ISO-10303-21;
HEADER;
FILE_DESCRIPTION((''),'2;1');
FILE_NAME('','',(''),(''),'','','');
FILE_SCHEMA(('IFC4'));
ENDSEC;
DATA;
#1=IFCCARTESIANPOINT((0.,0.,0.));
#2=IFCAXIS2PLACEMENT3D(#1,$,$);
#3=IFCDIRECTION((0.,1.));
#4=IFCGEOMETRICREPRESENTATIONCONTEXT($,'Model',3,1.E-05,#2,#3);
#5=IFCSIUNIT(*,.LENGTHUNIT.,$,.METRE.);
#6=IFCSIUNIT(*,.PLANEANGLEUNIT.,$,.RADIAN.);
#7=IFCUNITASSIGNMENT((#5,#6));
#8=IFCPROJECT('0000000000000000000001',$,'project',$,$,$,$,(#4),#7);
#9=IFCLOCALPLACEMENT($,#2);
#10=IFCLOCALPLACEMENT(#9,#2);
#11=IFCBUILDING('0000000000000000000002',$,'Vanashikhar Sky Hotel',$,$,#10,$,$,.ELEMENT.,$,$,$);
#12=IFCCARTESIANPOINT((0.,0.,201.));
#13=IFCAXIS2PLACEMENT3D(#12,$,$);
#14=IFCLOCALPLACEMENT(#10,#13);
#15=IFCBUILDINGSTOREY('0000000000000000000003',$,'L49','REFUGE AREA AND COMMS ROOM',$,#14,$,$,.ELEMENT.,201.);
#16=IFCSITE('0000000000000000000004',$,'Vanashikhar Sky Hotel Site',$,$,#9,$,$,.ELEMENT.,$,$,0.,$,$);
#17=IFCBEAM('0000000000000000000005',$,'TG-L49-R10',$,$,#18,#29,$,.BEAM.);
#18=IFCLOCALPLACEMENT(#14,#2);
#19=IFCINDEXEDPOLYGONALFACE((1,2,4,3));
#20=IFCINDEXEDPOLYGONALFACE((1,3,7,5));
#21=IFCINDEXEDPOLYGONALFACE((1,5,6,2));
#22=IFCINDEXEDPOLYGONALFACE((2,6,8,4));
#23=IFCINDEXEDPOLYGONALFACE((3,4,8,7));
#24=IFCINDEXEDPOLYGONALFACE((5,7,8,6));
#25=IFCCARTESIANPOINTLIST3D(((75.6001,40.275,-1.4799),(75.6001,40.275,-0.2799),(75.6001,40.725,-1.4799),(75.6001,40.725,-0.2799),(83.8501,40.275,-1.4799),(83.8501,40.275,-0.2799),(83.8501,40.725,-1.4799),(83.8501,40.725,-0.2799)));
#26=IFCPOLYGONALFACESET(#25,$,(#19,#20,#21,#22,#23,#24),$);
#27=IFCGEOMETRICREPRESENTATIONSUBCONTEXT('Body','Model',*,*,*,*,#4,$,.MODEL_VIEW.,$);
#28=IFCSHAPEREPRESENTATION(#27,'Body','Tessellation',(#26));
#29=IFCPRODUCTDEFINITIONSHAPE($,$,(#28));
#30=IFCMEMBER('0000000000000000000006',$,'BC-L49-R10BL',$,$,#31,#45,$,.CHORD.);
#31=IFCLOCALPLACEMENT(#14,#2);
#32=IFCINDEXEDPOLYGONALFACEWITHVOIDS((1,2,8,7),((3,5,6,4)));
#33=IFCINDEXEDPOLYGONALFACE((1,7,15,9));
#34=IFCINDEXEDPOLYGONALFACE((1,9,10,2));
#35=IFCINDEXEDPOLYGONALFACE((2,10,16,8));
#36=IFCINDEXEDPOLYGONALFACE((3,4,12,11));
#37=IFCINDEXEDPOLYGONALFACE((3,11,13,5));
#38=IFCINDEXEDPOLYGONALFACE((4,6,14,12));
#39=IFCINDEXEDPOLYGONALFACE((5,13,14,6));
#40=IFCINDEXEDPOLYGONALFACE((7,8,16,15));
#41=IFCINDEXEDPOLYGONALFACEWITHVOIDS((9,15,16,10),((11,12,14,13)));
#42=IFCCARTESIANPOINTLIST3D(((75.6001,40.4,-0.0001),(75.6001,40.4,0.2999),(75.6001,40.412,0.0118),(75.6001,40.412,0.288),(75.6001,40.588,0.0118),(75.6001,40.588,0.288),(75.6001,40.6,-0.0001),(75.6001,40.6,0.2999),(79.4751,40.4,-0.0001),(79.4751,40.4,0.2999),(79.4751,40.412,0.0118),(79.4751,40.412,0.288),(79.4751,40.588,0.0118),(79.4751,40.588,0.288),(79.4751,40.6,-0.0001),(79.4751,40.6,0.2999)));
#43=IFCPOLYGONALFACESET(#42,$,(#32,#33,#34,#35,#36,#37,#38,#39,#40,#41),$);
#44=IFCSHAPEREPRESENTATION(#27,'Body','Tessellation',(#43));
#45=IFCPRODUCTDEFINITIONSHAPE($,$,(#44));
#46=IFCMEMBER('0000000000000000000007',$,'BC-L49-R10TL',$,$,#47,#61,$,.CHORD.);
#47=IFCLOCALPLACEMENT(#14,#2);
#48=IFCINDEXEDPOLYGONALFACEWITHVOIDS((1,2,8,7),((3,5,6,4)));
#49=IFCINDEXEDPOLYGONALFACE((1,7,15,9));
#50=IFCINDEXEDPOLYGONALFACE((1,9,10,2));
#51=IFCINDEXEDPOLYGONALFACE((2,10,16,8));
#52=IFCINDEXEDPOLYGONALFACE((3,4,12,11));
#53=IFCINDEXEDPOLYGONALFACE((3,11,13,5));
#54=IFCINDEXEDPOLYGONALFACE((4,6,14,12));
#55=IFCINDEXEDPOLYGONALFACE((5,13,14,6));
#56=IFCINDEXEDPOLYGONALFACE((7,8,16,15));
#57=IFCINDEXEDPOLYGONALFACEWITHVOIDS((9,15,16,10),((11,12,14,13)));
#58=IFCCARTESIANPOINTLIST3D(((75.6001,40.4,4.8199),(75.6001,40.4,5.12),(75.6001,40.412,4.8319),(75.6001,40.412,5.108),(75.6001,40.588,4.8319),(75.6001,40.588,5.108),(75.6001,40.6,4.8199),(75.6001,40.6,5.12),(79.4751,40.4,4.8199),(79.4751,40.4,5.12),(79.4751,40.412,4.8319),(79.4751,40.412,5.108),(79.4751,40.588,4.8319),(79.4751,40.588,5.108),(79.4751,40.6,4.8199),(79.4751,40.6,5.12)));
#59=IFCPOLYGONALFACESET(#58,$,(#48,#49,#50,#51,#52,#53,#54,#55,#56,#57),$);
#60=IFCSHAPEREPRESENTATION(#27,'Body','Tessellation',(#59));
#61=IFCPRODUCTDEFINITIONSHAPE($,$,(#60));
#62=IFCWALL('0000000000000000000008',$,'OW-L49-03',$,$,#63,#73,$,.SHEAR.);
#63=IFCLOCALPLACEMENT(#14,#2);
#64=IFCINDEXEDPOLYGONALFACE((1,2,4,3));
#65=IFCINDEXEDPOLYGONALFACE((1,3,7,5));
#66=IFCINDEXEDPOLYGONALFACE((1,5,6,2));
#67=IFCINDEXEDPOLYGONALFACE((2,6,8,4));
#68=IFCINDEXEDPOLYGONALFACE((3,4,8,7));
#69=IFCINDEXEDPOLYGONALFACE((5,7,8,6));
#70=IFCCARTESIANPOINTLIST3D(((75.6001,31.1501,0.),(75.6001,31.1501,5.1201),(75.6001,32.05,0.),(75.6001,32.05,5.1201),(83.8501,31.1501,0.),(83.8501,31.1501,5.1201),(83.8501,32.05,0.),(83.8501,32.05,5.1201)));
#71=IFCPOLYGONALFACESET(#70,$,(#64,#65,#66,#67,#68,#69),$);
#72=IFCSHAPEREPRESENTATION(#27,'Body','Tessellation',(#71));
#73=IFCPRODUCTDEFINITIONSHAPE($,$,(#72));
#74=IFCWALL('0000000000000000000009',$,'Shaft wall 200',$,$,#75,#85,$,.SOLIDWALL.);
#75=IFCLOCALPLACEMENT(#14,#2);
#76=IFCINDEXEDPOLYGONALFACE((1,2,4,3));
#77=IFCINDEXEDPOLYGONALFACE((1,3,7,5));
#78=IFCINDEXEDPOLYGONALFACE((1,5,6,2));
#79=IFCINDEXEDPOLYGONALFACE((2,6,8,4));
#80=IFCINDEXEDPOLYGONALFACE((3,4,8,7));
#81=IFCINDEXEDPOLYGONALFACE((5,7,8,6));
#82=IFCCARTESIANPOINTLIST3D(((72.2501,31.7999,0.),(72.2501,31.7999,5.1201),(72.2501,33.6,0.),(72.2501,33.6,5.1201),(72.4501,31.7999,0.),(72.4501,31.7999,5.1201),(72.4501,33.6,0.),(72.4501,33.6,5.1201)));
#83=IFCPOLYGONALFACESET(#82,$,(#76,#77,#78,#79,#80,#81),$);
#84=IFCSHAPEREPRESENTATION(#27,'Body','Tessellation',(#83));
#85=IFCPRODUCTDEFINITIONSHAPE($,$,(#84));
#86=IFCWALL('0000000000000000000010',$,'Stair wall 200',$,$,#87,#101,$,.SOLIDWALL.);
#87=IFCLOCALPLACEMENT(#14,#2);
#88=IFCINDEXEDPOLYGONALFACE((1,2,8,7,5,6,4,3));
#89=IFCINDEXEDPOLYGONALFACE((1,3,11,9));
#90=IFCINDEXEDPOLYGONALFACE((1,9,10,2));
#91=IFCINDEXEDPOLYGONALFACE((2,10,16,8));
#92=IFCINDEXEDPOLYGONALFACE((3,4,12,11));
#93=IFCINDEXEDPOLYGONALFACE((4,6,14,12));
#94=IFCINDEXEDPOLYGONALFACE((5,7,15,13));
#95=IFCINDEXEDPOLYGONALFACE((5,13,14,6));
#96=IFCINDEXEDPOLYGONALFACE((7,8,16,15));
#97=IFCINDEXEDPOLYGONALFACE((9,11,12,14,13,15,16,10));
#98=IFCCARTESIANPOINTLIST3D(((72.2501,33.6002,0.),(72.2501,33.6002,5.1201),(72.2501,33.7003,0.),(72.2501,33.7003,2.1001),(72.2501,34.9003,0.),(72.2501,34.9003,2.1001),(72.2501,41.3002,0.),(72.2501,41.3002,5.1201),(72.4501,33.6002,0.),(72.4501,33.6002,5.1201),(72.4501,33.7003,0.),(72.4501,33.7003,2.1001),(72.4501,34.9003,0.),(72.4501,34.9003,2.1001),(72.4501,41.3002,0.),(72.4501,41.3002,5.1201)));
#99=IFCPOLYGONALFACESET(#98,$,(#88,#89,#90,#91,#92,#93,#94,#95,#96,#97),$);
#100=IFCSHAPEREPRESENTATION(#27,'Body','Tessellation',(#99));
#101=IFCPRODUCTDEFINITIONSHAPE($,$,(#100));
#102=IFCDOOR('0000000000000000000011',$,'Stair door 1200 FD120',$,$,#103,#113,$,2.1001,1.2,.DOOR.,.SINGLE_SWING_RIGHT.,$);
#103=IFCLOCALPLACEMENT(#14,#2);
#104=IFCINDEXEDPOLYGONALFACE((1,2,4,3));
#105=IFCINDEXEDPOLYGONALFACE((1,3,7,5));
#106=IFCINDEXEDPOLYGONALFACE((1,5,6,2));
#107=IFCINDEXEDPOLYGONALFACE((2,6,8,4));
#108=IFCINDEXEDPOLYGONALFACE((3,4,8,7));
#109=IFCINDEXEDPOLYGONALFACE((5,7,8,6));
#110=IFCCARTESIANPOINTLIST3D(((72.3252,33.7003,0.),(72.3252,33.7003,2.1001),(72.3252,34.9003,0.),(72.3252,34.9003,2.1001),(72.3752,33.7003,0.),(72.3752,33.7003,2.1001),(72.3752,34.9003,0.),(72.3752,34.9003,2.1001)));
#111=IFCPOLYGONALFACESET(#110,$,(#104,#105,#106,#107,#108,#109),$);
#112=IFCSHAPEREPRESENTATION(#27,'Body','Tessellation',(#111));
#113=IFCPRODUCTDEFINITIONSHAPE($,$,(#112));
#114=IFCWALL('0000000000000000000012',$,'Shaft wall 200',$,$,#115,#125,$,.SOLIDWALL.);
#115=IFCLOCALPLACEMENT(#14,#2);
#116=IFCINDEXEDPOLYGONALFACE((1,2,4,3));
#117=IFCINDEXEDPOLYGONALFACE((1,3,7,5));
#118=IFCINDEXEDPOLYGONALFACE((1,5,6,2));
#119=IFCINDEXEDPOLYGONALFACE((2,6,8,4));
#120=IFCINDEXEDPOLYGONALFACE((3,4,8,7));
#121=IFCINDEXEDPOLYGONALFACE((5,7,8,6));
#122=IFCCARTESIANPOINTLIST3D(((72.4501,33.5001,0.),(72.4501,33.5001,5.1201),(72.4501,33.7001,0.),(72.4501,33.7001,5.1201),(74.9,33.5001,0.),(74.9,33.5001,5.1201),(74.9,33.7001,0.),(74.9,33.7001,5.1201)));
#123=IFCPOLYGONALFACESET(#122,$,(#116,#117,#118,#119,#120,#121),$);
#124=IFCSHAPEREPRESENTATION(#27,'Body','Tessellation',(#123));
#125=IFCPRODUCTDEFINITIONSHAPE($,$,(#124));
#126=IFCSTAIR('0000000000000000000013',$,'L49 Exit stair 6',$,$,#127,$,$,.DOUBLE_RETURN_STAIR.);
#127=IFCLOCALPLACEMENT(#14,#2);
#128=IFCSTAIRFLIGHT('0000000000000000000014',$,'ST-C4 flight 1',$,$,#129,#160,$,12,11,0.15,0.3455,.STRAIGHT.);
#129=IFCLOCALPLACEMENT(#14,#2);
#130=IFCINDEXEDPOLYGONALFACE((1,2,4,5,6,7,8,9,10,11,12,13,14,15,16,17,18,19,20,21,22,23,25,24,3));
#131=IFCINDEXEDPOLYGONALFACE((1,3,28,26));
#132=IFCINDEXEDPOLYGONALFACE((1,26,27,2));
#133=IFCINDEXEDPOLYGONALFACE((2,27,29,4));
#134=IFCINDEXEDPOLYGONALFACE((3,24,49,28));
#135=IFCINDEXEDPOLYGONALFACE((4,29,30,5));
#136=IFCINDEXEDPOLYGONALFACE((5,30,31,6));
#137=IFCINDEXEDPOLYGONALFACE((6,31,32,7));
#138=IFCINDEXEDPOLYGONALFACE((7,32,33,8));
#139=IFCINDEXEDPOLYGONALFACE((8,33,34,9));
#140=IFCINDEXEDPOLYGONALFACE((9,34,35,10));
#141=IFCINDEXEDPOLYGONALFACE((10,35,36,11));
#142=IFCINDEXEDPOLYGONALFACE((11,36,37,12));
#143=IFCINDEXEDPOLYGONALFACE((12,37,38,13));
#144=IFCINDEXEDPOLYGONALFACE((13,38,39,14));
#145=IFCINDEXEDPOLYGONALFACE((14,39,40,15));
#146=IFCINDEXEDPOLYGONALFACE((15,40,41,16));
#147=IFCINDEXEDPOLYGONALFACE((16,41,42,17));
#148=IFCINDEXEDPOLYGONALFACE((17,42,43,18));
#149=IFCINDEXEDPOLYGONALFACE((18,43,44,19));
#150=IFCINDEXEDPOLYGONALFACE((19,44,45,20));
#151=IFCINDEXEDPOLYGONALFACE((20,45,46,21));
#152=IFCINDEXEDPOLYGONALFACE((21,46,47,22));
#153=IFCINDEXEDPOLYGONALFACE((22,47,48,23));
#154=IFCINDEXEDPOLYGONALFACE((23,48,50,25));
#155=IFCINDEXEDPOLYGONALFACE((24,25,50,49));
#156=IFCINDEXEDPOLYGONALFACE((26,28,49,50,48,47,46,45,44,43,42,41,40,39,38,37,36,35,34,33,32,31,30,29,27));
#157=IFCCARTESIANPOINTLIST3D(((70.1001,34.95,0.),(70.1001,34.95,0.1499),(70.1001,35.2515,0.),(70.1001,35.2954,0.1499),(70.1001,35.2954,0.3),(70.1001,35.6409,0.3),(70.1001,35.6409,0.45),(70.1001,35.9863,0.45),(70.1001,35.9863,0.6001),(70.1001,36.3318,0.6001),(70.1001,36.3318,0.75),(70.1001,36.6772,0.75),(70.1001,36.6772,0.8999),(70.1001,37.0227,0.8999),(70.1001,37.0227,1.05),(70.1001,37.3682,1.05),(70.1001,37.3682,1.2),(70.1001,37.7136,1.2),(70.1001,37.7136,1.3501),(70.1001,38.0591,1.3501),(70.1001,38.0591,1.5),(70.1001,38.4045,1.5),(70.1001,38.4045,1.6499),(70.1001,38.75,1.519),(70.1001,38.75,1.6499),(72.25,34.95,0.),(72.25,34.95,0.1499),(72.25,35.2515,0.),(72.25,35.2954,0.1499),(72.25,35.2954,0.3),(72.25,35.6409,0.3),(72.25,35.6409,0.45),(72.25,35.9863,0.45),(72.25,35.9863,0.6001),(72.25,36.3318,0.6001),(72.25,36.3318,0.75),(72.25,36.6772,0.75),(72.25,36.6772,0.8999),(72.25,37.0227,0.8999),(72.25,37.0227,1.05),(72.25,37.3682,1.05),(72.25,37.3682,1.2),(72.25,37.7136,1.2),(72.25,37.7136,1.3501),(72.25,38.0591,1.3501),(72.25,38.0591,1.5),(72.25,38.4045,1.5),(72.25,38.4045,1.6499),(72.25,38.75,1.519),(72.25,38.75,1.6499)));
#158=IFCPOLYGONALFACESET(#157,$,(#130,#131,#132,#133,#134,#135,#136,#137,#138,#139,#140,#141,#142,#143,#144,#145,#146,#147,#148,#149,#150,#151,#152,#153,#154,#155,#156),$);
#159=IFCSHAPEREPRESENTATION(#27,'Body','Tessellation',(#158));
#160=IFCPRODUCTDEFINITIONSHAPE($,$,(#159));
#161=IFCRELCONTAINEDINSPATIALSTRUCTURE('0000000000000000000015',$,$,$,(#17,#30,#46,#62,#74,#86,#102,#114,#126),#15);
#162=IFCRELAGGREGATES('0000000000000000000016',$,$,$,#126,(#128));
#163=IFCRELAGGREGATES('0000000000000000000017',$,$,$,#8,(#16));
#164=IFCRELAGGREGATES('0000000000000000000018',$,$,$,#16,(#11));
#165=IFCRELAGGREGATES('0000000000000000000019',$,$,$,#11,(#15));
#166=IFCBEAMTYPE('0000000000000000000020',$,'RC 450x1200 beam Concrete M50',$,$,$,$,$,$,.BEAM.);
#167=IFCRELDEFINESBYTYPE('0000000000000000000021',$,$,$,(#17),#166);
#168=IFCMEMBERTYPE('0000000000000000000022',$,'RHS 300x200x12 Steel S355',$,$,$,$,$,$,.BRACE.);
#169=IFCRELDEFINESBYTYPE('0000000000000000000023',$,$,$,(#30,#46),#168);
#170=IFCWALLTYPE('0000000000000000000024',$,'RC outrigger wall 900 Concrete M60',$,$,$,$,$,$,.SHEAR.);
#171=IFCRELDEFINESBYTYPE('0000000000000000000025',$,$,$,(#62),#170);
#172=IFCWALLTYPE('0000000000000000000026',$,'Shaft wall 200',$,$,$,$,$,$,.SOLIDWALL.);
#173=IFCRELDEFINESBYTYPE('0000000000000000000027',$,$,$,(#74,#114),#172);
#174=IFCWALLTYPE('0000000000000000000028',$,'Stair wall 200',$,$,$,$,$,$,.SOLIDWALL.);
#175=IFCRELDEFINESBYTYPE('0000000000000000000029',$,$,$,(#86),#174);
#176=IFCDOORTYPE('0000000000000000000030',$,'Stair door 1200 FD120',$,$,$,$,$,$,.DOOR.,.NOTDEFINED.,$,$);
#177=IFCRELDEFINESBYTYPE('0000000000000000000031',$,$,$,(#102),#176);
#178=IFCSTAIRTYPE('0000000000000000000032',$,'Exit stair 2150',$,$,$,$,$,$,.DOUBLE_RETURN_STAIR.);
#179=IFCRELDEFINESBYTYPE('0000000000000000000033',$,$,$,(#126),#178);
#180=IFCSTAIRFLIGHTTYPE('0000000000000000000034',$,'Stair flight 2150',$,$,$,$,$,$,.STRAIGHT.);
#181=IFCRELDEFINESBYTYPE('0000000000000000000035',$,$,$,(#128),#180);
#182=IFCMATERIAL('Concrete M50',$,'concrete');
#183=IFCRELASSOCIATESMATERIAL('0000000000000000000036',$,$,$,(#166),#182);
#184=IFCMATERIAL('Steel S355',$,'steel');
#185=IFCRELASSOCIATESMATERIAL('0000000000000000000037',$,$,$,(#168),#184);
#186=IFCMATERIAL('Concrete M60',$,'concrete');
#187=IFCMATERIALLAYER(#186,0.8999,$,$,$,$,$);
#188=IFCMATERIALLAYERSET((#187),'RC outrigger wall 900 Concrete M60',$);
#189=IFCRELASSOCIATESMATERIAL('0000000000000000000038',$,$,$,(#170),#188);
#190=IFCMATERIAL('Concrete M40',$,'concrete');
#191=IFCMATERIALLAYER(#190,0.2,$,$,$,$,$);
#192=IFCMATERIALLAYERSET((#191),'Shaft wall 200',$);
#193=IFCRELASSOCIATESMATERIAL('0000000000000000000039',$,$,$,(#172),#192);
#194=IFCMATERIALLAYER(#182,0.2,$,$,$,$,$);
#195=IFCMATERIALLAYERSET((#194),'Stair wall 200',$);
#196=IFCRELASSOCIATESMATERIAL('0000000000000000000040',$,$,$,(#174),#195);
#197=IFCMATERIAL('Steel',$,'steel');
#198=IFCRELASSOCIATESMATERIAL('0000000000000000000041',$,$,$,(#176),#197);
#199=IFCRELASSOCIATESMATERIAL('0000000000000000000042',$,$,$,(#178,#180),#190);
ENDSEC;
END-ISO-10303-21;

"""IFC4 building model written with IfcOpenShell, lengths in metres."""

from ifc_helpers import new_model, si_unit, direction, frame, frame_2d, origin, origin_2d, place, context, subcontext, project, spatial, polyline, rectangle, hollow_rectangle, outline, extrude, source, transform, mapped, material, layer, layer_set, material_profile, profile_set, type_object, element, fill, aggregate, save


model = new_model("IFC4")

# Units and contexts
model_context = context("Model", 3, precision=1e-05, world=origin(), true_north=direction((0.0, 1.0)))
body_context = subcontext(model_context, "Body", "Model", "MODEL_VIEW")
ifc_project = project(units=[si_unit("LENGTHUNIT", "METRE"), si_unit("PLANEANGLEUNIT", "RADIAN")], contexts=[model_context])

# Site, building, storey
site_placement = place(None, origin())
site = spatial("IfcSite", under=ifc_project, at=site_placement, Name="Vanashikhar Sky Hotel Site", CompositionType="ELEMENT", RefElevation=0.0)
building_placement = place(site_placement, origin())
building = spatial("IfcBuilding", under=site, at=building_placement, Name="Vanashikhar Sky Hotel", CompositionType="ELEMENT")
storey_placement = place(building_placement, frame((0.0, 0.0, 201.0)))
storey = spatial("IfcBuildingStorey", under=building, at=storey_placement, Name="L49", Description="REFUGE AREA AND COMMS ROOM", CompositionType="ELEMENT", Elevation=201.0)

# Beam
ifc_material_1 = material(Name="Concrete M50", Category="concrete")
ifc_material_profile_1 = material_profile(ifc_material_1, rectangle(XDim=0.45, YDim=1.2, at=origin_2d()))
ifc_profile_set_1 = profile_set([ifc_material_profile_1], Name="RC 450x1200 beam Concrete M50")
beam_type = type_object("IfcBeamType", Name="RC 450x1200 beam Concrete M50", PredefinedType="BEAM", material=ifc_profile_set_1)
shared_shape_1 = source(origin(), body_context, "Body", "SweptSolid", [
    extrude(rectangle(XDim=0.45, YDim=1.2, at=origin_2d()), origin(), (0.0, 0.0, 1.0), 8.25),
])
beam_placement = place(storey_placement, frame((75.6001, 40.5, -0.8799), z_axis=(1.0, 0.0, 0.0), x_axis=(0.0, 1.0, 0.0)))
element("IfcBeam", 1, at=beam_placement, inside=storey, type_object=beam_type, Name="TG-L49-R10", PredefinedType="BEAM", context=body_context, shape_type="MappedRepresentation", body=[
    mapped(shared_shape_1, transform((0.0, 0.0, 0.0), scale=1.0)),
])

# Members
ifc_material_2 = material(Name="Steel S355", Category="steel")
ifc_material_profile_2 = material_profile(ifc_material_2, hollow_rectangle(XDim=0.2, YDim=0.3, WallThickness=0.012, at=origin_2d()))
ifc_profile_set_2 = profile_set([ifc_material_profile_2], Name="RHS 300x200x12 Steel S355")
member_type = type_object("IfcMemberType", Name="RHS 300x200x12 Steel S355", PredefinedType="BRACE", material=ifc_profile_set_2)
shared_shape_2 = source(origin(), body_context, "Body", "SweptSolid", [
    extrude(hollow_rectangle(XDim=0.2, YDim=0.3, WallThickness=0.012, at=origin_2d()), origin(), (0.0, 0.0, 1.0), 3.875),
])
for number, where, z_axis, x_axis, name in (
    (2, (75.6001, 40.5, 0.1499), (1.0, 0.0, 0.0), (0.0, 1.0, 0.0), "BC-L49-R10BL"),
    (3, (75.6001, 40.5, 4.97), (1.0, 0.0, 0.0), (0.0, 1.0, 0.0), "BC-L49-R10TL"),
):
    element("IfcMember", number, at=place(storey_placement, frame(where, z_axis=z_axis, x_axis=x_axis)), inside=storey, type_object=member_type, Name=name, PredefinedType="CHORD", context=body_context, shape_type="MappedRepresentation", body=[
        mapped(shared_shape_2, transform((0.0, 0.0, 0.0), scale=1.0)),
    ])

# Walls
ifc_material_3 = material(Name="Concrete M60", Category="concrete")
ifc_layer_1 = layer(ifc_material_3, 0.8999)
ifc_layer_set_1 = layer_set([ifc_layer_1], Name="RC outrigger wall 900 Concrete M60")
wall_type_1 = type_object("IfcWallType", Name="RC outrigger wall 900 Concrete M60", PredefinedType="SHEAR", material=ifc_layer_set_1)
shared_shape_3 = source(origin(), body_context, "Body", "SweptSolid", [
    extrude(rectangle(XDim=8.25, YDim=0.8999, at=frame_2d((4.125, 0.0))), origin(), (0.0, 0.0, 1.0), 5.1201),
])
wall_1_placement = place(storey_placement, frame((75.6001, 31.6001, 0.0), z_axis=(0.0, 0.0, 1.0), x_axis=(1.0, 0.0, 0.0)))
element("IfcWall", 4, at=wall_1_placement, inside=storey, type_object=wall_type_1, Name="OW-L49-03", PredefinedType="SHEAR", context=body_context, shape_type="MappedRepresentation", body=[
    mapped(shared_shape_3, transform((0.0, 0.0, 0.0), scale=1.0)),
])
ifc_material_4 = material(Name="Concrete M40", Category="concrete")
ifc_layer_2 = layer(ifc_material_4, 0.2)
ifc_layer_set_2 = layer_set([ifc_layer_2], Name="Shaft wall 200")
wall_type_2 = type_object("IfcWallType", Name="Shaft wall 200", PredefinedType="SOLIDWALL", material=ifc_layer_set_2)
shared_shape_4 = source(origin(), body_context, "Body", "SweptSolid", [
    extrude(rectangle(XDim=1.8, YDim=0.2, at=frame_2d((0.8999, 0.0))), origin(), (0.0, 0.0, 1.0), 5.1201),
])
wall_2_placement = place(storey_placement, frame((72.3501, 31.8, 0.0), z_axis=(0.0, 0.0, 1.0), x_axis=(0.0, 1.0, 0.0)))
element("IfcWall", 5, at=wall_2_placement, inside=storey, type_object=wall_type_2, Name="Shaft wall 200", PredefinedType="SOLIDWALL", context=body_context, shape_type="MappedRepresentation", body=[
    mapped(shared_shape_4, transform((0.0, 0.0, 0.0), scale=1.0)),
])

# Wall, opening, door
ifc_layer_3 = layer(ifc_material_1, 0.2)
ifc_layer_set_3 = layer_set([ifc_layer_3], Name="Stair wall 200")
wall_type_3 = type_object("IfcWallType", Name="Stair wall 200", PredefinedType="SOLIDWALL", material=ifc_layer_set_3)
shared_shape_5 = source(origin(), body_context, "Body", "SweptSolid", [
    extrude(rectangle(XDim=7.7, YDim=0.2, at=frame_2d((3.8501, 0.0))), origin(), (0.0, 0.0, 1.0), 5.1201),
])
wall_3_placement = place(storey_placement, frame((72.3501, 33.6001, 0.0), z_axis=(0.0, 0.0, 1.0), x_axis=(0.0, 1.0, 0.0)))
wall_3 = element("IfcWall", 6, at=wall_3_placement, inside=storey, type_object=wall_type_3, Name="Stair wall 200", PredefinedType="SOLIDWALL", context=body_context, shape_type="MappedRepresentation", body=[
    mapped(shared_shape_5, transform((0.0, 0.0, 0.0), scale=1.0)),
])
shared_shape_6 = source(origin(), body_context, "Body", "SweptSolid", [
    extrude(rectangle(XDim=1.2, YDim=2.1001, at=frame_2d((0.6001, 1.05))), frame((0.0, 0.1099, 0.0), z_axis=(0.0, -1.0, 0.0), x_axis=(1.0, 0.0, 0.0)), (0.0, 0.0, 1.0), 0.22),
])
opening_placement = place(wall_3_placement, frame((0.1001, 0.0, 0.0)))
opening = element("IfcOpeningElement", 7, at=opening_placement, cuts=wall_3, PredefinedType="OPENING", context=body_context, shape_type="MappedRepresentation", body=[
    mapped(shared_shape_6, transform((0.0, 0.0, 0.0), scale=1.0)),
])
ifc_material_5 = material(Name="Steel", Category="steel")
door_type = type_object("IfcDoorType", Name="Stair door 1200 FD120", OperationType="NOTDEFINED", PredefinedType="DOOR", material=ifc_material_5)
shared_shape_7 = source(origin(), body_context, "Body", "SweptSolid", [
    extrude(rectangle(XDim=1.2, YDim=2.1001, at=frame_2d((0.6001, 1.05))), frame((0.0, 0.0249, 0.0), z_axis=(0.0, -1.0, 0.0), x_axis=(1.0, 0.0, 0.0)), (0.0, 0.0, 1.0), 0.05),
])
door_placement = place(opening_placement, origin())
door = element("IfcDoor", 8, at=door_placement, inside=storey, type_object=door_type, Name="Stair door 1200 FD120", OperationType="SINGLE_SWING_RIGHT", OverallHeight=2.1001, OverallWidth=1.2, PredefinedType="DOOR", context=body_context, shape_type="MappedRepresentation", body=[
    mapped(shared_shape_7, transform((0.0, 0.0, 0.0), scale=1.0)),
])
fill(opening, door)

# Wall
shared_shape_8 = source(origin(), body_context, "Body", "SweptSolid", [
    extrude(rectangle(XDim=2.45, YDim=0.2, at=frame_2d((1.2251, 0.0))), origin(), (0.0, 0.0, 1.0), 5.1201),
])
wall_4_placement = place(storey_placement, frame((72.45, 33.6001, 0.0), z_axis=(0.0, 0.0, 1.0), x_axis=(1.0, 0.0, 0.0)))
element("IfcWall", 9, at=wall_4_placement, inside=storey, type_object=wall_type_2, Name="Shaft wall 200", PredefinedType="SOLIDWALL", context=body_context, shape_type="MappedRepresentation", body=[
    mapped(shared_shape_8, transform((0.0, 0.0, 0.0), scale=1.0)),
])

# Stair, stair flight
stair_type = type_object("IfcStairType", Name="Exit stair 2150", PredefinedType="DOUBLE_RETURN_STAIR", material=ifc_material_4)
stair_placement = place(storey_placement, origin())
stair = element("IfcStair", 10, at=stair_placement, inside=storey, type_object=stair_type, Name="L49 Exit stair 6", PredefinedType="DOUBLE_RETURN_STAIR")
stair_flight_type = type_object("IfcStairFlightType", Name="Stair flight 2150", PredefinedType="STRAIGHT", material=ifc_material_4)
shared_shape_9 = source(origin(), body_context, "Body", "SweptSolid", [
    extrude(outline(polyline([(0.0, 0.0), (0.0, 0.1499), (0.3455, 0.1499), (0.3455, 0.3), (0.6909, 0.3), (0.6909, 0.45), (1.0364, 0.45), (1.0364, 0.6001), (1.3818, 0.6001), (1.3818, 0.75), (1.7273, 0.75), (1.7273, 0.8999), (2.0728, 0.8999), (2.0728, 1.05), (2.4182, 1.05), (2.4182, 1.2), (2.7637, 1.2), (2.7637, 1.3501), (3.1091, 1.3501), (3.1091, 1.5), (3.4546, 1.5), (3.4546, 1.6499), (3.8, 1.6499), (3.8, 1.8), (3.8, 1.519), (0.3015, 0.0), (0.0, 0.0)])), frame((0.0, 1.075, 0.0), z_axis=(0.0, -1.0, 0.0), x_axis=(1.0, 0.0, 0.0)), (0.0, 0.0, 1.0), 2.1499),
])
stair_flight_1_placement = place(storey_placement, frame((71.175, 34.95, 0.0), z_axis=(0.0, 0.0, 1.0), x_axis=(0.0, 1.0, 0.0)))
stair_flight_1 = element("IfcStairFlight", 11, at=stair_flight_1_placement, type_object=stair_flight_type, Name="ST-C4 flight 1", NumberOfRisers=12, NumberOfTreads=11, PredefinedType="STRAIGHT", RiserHeight=0.15, TreadLength=0.3455, context=body_context, shape_type="MappedRepresentation", body=[
    mapped(shared_shape_9, transform((0.0, 0.0, 0.0), scale=1.0)),
])
aggregate(stair, [stair_flight_1])

save(model, "model.ifc")
